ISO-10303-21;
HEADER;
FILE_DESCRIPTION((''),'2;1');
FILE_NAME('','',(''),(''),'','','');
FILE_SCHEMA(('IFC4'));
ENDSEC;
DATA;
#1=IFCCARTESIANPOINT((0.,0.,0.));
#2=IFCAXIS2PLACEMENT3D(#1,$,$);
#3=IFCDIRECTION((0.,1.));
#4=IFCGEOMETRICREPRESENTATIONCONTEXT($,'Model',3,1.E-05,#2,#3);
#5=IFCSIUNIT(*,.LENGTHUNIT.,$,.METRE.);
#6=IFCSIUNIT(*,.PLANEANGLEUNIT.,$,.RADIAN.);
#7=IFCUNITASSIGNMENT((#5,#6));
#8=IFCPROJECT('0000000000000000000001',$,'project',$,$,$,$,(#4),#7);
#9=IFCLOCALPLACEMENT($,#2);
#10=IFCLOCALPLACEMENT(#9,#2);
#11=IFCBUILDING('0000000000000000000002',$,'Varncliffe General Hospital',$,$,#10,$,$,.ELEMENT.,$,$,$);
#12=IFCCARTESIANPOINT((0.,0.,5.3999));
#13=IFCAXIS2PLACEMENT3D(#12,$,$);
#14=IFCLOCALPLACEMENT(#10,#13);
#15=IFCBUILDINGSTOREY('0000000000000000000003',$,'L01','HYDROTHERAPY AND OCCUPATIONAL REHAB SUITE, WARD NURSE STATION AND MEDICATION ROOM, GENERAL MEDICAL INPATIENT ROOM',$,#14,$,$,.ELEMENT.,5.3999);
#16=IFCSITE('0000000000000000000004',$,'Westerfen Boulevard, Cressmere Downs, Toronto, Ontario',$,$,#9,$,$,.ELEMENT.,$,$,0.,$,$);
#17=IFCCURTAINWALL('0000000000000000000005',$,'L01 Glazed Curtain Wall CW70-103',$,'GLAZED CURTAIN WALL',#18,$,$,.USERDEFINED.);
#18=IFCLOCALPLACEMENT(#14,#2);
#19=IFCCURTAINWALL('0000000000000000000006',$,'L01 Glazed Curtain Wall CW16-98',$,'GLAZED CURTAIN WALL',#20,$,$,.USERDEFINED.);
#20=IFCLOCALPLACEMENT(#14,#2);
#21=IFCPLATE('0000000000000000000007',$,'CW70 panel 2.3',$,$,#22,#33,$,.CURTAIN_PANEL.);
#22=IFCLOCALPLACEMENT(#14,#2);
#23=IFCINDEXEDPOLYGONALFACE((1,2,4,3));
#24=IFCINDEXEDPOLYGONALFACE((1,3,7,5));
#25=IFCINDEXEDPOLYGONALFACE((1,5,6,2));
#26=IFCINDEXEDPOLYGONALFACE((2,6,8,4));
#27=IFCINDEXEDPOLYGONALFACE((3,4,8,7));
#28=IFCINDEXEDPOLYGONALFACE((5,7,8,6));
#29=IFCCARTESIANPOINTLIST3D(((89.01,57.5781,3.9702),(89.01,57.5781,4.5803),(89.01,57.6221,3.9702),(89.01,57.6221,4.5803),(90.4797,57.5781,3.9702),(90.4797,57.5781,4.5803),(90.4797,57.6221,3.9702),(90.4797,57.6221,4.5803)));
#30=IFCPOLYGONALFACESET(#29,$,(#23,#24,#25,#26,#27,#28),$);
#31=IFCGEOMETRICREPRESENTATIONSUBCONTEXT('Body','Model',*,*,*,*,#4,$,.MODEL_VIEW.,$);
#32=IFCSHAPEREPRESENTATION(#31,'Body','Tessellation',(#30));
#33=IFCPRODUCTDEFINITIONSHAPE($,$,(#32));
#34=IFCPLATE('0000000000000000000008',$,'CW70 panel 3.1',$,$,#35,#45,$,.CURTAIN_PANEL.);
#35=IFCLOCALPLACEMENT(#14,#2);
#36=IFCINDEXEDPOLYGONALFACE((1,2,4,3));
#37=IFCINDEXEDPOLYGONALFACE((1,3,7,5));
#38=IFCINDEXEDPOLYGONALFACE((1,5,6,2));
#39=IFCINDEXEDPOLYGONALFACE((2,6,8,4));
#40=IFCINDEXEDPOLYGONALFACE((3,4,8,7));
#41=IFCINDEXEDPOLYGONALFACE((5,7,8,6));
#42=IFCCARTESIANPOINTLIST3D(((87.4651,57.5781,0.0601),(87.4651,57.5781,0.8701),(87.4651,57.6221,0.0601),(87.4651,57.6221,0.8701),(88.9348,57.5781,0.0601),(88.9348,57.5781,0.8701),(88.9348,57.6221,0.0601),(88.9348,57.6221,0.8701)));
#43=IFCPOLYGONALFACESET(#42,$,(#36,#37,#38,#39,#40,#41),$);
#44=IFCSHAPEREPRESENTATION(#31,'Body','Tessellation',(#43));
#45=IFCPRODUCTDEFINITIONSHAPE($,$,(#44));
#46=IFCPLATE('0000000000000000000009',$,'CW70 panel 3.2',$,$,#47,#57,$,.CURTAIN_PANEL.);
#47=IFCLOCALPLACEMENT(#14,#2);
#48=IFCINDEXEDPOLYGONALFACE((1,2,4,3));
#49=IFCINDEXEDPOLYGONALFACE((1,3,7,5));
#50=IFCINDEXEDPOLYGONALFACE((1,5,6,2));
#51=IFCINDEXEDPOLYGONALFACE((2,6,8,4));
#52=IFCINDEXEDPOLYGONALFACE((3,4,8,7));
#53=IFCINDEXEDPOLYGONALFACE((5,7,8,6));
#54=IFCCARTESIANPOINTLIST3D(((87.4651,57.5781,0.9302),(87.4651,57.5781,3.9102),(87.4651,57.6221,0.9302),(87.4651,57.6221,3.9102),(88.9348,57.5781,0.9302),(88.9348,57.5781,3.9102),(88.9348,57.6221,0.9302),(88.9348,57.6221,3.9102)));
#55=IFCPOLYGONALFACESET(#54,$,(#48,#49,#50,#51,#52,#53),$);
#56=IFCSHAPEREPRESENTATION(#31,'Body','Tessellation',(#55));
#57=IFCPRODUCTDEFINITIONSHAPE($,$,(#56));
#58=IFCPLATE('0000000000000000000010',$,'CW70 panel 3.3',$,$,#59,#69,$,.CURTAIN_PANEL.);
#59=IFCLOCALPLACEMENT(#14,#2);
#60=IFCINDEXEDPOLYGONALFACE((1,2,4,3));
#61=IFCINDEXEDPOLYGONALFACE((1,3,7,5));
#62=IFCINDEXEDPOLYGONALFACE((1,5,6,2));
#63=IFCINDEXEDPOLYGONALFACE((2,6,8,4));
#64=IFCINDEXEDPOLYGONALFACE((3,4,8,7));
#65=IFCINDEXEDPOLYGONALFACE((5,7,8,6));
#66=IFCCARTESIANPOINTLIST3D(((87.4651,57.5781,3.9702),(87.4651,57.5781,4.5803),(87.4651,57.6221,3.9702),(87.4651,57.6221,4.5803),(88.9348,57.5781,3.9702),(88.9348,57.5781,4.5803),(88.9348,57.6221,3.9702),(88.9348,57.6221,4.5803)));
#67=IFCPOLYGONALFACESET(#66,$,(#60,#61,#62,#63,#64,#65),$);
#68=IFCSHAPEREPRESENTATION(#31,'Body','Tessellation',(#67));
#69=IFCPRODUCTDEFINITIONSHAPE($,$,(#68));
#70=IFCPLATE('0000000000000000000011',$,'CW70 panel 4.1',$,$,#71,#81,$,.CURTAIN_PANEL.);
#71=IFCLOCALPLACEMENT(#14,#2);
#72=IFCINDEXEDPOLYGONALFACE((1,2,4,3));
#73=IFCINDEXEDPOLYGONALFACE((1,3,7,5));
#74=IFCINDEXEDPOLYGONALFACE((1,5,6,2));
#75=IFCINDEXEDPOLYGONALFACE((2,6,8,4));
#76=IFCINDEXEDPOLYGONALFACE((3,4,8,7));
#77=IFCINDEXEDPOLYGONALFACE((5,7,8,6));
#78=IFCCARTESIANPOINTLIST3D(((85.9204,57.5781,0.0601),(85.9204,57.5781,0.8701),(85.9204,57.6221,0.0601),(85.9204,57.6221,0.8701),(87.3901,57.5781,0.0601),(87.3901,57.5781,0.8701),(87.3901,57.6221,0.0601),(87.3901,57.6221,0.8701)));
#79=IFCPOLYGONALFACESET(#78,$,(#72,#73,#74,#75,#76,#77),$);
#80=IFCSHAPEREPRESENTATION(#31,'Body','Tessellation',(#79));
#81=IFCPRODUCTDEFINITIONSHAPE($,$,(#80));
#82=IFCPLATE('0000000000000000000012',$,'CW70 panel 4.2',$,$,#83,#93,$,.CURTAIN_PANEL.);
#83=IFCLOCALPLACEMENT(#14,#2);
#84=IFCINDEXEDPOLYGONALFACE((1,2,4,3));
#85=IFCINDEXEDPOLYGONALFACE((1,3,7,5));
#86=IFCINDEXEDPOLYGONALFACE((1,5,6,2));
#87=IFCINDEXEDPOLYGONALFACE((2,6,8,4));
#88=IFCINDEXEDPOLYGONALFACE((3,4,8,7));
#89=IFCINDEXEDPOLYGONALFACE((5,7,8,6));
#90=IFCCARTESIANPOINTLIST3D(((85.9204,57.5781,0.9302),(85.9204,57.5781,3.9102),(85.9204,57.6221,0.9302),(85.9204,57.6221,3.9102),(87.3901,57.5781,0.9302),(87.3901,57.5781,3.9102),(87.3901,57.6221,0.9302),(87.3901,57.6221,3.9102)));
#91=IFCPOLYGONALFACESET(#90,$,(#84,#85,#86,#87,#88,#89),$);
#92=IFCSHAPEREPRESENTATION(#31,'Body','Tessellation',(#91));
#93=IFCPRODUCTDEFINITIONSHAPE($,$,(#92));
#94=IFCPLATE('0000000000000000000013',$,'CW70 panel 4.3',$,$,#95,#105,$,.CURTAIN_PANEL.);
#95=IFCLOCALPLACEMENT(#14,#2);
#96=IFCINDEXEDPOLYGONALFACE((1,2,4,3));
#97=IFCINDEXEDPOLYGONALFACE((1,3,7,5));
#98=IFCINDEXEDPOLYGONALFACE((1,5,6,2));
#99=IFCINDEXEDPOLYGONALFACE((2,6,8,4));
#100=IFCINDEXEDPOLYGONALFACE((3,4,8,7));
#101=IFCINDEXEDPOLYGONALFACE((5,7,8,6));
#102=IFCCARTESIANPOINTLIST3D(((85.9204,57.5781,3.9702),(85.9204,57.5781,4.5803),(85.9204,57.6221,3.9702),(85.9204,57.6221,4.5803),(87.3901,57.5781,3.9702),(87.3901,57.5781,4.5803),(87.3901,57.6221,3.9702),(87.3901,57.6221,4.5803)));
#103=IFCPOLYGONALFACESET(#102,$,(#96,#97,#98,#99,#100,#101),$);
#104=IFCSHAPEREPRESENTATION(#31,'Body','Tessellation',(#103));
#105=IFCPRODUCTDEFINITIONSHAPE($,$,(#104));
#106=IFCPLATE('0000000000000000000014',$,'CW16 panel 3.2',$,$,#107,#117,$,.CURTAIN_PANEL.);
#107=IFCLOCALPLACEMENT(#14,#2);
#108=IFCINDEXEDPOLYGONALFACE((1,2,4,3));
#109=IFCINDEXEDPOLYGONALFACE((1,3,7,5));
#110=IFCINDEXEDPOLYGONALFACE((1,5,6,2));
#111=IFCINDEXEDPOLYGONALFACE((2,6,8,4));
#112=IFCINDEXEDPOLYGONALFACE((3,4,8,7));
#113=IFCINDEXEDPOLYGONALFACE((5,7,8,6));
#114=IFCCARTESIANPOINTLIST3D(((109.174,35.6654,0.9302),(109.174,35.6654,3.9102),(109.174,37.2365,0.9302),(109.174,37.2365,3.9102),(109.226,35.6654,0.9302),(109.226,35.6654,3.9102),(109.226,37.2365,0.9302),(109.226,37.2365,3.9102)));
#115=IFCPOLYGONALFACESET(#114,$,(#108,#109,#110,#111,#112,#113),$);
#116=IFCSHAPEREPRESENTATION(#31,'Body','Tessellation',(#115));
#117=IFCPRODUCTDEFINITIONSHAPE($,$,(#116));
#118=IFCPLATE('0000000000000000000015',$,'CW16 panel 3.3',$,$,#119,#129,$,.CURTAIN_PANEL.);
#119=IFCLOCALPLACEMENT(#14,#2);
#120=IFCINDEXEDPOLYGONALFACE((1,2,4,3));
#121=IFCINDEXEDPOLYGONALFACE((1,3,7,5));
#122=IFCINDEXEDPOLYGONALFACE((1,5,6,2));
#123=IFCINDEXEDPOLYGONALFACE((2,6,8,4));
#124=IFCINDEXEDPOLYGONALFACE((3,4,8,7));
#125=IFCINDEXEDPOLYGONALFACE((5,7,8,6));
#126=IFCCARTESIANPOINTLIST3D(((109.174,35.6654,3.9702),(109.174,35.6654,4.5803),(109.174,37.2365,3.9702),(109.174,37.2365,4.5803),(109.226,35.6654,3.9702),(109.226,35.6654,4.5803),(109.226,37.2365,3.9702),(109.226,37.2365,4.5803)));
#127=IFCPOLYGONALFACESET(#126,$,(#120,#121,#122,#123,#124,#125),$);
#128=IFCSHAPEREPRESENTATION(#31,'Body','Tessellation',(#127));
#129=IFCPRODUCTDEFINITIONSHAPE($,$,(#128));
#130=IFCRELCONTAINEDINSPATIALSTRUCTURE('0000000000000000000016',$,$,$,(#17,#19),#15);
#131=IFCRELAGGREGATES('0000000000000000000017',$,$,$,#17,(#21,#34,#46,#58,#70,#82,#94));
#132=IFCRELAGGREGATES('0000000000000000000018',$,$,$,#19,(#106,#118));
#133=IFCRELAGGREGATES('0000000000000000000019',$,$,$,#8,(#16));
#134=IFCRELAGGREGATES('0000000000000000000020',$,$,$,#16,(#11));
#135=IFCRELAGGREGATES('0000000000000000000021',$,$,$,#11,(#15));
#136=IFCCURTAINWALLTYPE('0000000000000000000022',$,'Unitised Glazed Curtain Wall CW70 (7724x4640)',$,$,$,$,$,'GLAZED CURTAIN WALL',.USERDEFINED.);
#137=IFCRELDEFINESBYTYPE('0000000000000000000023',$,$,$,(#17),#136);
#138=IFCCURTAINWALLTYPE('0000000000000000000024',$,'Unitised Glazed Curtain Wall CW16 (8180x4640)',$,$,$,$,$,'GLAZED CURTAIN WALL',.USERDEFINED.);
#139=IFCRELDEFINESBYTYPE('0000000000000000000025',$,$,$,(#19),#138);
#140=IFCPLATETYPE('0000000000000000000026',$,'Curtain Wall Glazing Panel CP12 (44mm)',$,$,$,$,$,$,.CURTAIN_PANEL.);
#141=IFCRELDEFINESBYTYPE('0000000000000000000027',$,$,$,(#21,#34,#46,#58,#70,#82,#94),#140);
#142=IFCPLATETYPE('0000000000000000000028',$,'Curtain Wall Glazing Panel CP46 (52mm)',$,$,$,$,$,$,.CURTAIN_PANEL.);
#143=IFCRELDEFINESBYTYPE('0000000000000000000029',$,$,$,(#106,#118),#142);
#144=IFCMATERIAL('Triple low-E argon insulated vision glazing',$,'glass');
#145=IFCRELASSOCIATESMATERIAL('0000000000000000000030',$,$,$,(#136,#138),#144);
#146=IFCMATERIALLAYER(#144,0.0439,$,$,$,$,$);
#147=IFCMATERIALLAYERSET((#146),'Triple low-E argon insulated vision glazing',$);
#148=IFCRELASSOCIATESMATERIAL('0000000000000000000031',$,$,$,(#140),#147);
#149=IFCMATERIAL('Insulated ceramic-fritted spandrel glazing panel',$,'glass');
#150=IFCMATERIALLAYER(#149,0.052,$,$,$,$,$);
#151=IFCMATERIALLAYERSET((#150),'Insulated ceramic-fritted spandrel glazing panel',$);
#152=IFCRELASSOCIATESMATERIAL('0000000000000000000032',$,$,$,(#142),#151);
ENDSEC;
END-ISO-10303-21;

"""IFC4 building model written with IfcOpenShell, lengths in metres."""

from ifc_helpers import new_model, si_unit, direction, frame, origin, origin_2d, place, context, subcontext, project, spatial, rectangle, extrude, material, layer, layer_set, type_object, element, aggregate, save


model = new_model("IFC4")

# Units and contexts
model_context = context("Model", 3, precision=1e-05, world=origin(), true_north=direction((0.0, 1.0)))
body_context = subcontext(model_context, "Body", "Model", "MODEL_VIEW")
ifc_project = project(units=[si_unit("LENGTHUNIT", "METRE"), si_unit("PLANEANGLEUNIT", "RADIAN")], contexts=[model_context])

# Site, building, storey
site_placement = place(None, origin())
site = spatial("IfcSite", under=ifc_project, at=site_placement, Name="Westerfen Boulevard, Cressmere Downs, Toronto, Ontario", CompositionType="ELEMENT", RefElevation=0.0)
building_placement = place(site_placement, origin())
building = spatial("IfcBuilding", under=site, at=building_placement, Name="Varncliffe General Hospital", CompositionType="ELEMENT")
storey_placement = place(building_placement, frame((0.0, 0.0, 5.3999)))
storey = spatial("IfcBuildingStorey", under=building, at=storey_placement, Name="L01", Description="HYDROTHERAPY AND OCCUPATIONAL REHAB SUITE, WARD NURSE STATION AND MEDICATION ROOM, GENERAL MEDICAL INPATIENT ROOM", CompositionType="ELEMENT", Elevation=5.3999)

# Curtain wall
ifc_material_1 = material(Name="Triple low-E argon insulated vision glazing", Category="glass")
curtain_wall_type_1 = type_object("IfcCurtainWallType", Name="Unitised Glazed Curtain Wall CW70 (7724x4640)", ElementType="GLAZED CURTAIN WALL", PredefinedType="USERDEFINED", material=ifc_material_1)
curtain_wall_1_placement = place(storey_placement, origin())
curtain_wall_1 = element("IfcCurtainWall", 1, at=curtain_wall_1_placement, inside=storey, type_object=curtain_wall_type_1, Name="L01 Glazed Curtain Wall CW70-103", ObjectType="GLAZED CURTAIN WALL", PredefinedType="USERDEFINED")

# Curtain wall
curtain_wall_type_2 = type_object("IfcCurtainWallType", Name="Unitised Glazed Curtain Wall CW16 (8180x4640)", ElementType="GLAZED CURTAIN WALL", PredefinedType="USERDEFINED", material=ifc_material_1)
curtain_wall_2_placement = place(storey_placement, origin())
curtain_wall_2 = element("IfcCurtainWall", 2, at=curtain_wall_2_placement, inside=storey, type_object=curtain_wall_type_2, Name="L01 Glazed Curtain Wall CW16-98", ObjectType="GLAZED CURTAIN WALL", PredefinedType="USERDEFINED")

# Plates
ifc_layer_1 = layer(ifc_material_1, 0.0439)
ifc_layer_set_1 = layer_set([ifc_layer_1], Name="Triple low-E argon insulated vision glazing")
plate_type_1 = type_object("IfcPlateType", Name="Curtain Wall Glazing Panel CP12 (44mm)", PredefinedType="CURTAIN_PANEL", material=ifc_layer_set_1)
plate_1_placement = place(storey_placement, frame((89.7449, 57.6001, 3.9702), z_axis=(0.0, 0.0, 1.0), x_axis=(-1.0, 0.0, 0.0)))
plate_1 = element("IfcPlate", 3, at=plate_1_placement, type_object=plate_type_1, Name="CW70 panel 2.3", PredefinedType="CURTAIN_PANEL", context=body_context, shape_type="SweptSolid", body=[
    extrude(rectangle(XDim=1.4697, YDim=0.0439, at=origin_2d()), origin(), (0.0, 0.0, 1.0), 0.6101),
])
plate_2_placement = place(storey_placement, frame((88.2, 57.6001, 0.0601), z_axis=(0.0, 0.0, 1.0), x_axis=(-1.0, 0.0, 0.0)))
plate_2 = element("IfcPlate", 4, at=plate_2_placement, type_object=plate_type_1, Name="CW70 panel 3.1", PredefinedType="CURTAIN_PANEL", context=body_context, shape_type="SweptSolid", body=[
    extrude(rectangle(XDim=1.4697, YDim=0.0439, at=origin_2d()), origin(), (0.0, 0.0, 1.0), 0.8101),
])
plate_3_placement = place(storey_placement, frame((88.2, 57.6001, 0.9302), z_axis=(0.0, 0.0, 1.0), x_axis=(-1.0, 0.0, 0.0)))
plate_3 = element("IfcPlate", 5, at=plate_3_placement, type_object=plate_type_1, Name="CW70 panel 3.2", PredefinedType="CURTAIN_PANEL", context=body_context, shape_type="SweptSolid", body=[
    extrude(rectangle(XDim=1.4697, YDim=0.0439, at=origin_2d()), origin(), (0.0, 0.0, 1.0), 2.98),
])
plate_4_placement = place(storey_placement, frame((88.2, 57.6001, 3.9702), z_axis=(0.0, 0.0, 1.0), x_axis=(-1.0, 0.0, 0.0)))
plate_4 = element("IfcPlate", 6, at=plate_4_placement, type_object=plate_type_1, Name="CW70 panel 3.3", PredefinedType="CURTAIN_PANEL", context=body_context, shape_type="SweptSolid", body=[
    extrude(rectangle(XDim=1.4697, YDim=0.0439, at=origin_2d()), origin(), (0.0, 0.0, 1.0), 0.6101),
])
plate_5_placement = place(storey_placement, frame((86.6553, 57.6001, 0.0601), z_axis=(0.0, 0.0, 1.0), x_axis=(-1.0, 0.0, 0.0)))
plate_5 = element("IfcPlate", 7, at=plate_5_placement, type_object=plate_type_1, Name="CW70 panel 4.1", PredefinedType="CURTAIN_PANEL", context=body_context, shape_type="SweptSolid", body=[
    extrude(rectangle(XDim=1.4697, YDim=0.0439, at=origin_2d()), origin(), (0.0, 0.0, 1.0), 0.8101),
])
plate_6_placement = place(storey_placement, frame((86.6553, 57.6001, 0.9302), z_axis=(0.0, 0.0, 1.0), x_axis=(-1.0, 0.0, 0.0)))
plate_6 = element("IfcPlate", 8, at=plate_6_placement, type_object=plate_type_1, Name="CW70 panel 4.2", PredefinedType="CURTAIN_PANEL", context=body_context, shape_type="SweptSolid", body=[
    extrude(rectangle(XDim=1.4697, YDim=0.0439, at=origin_2d()), origin(), (0.0, 0.0, 1.0), 2.98),
])
plate_7_placement = place(storey_placement, frame((86.6553, 57.6001, 3.9702), z_axis=(0.0, 0.0, 1.0), x_axis=(-1.0, 0.0, 0.0)))
plate_7 = element("IfcPlate", 9, at=plate_7_placement, type_object=plate_type_1, Name="CW70 panel 4.3", PredefinedType="CURTAIN_PANEL", context=body_context, shape_type="SweptSolid", body=[
    extrude(rectangle(XDim=1.4697, YDim=0.0439, at=origin_2d()), origin(), (0.0, 0.0, 1.0), 0.6101),
])
aggregate(curtain_wall_1, [plate_1, plate_2, plate_3, plate_4, plate_5, plate_6, plate_7])
ifc_material_2 = material(Name="Insulated ceramic-fritted spandrel glazing panel", Category="glass")
ifc_layer_2 = layer(ifc_material_2, 0.052)
ifc_layer_set_2 = layer_set([ifc_layer_2], Name="Insulated ceramic-fritted spandrel glazing panel")
plate_type_2 = type_object("IfcPlateType", Name="Curtain Wall Glazing Panel CP46 (52mm)", PredefinedType="CURTAIN_PANEL", material=ifc_layer_set_2)
plate_8_placement = place(storey_placement, frame((109.2, 36.4509, 0.9302), z_axis=(0.0, 0.0, 1.0), x_axis=(0.0, 1.0, 0.0)))
plate_8 = element("IfcPlate", 10, at=plate_8_placement, type_object=plate_type_2, Name="CW16 panel 3.2", PredefinedType="CURTAIN_PANEL", context=body_context, shape_type="SweptSolid", body=[
    extrude(rectangle(XDim=1.571, YDim=0.052, at=origin_2d()), origin(), (0.0, 0.0, 1.0), 2.98),
])
plate_9_placement = place(storey_placement, frame((109.2, 36.4509, 3.9702), z_axis=(0.0, 0.0, 1.0), x_axis=(0.0, 1.0, 0.0)))
plate_9 = element("IfcPlate", 11, at=plate_9_placement, type_object=plate_type_2, Name="CW16 panel 3.3", PredefinedType="CURTAIN_PANEL", context=body_context, shape_type="SweptSolid", body=[
    extrude(rectangle(XDim=1.571, YDim=0.052, at=origin_2d()), origin(), (0.0, 0.0, 1.0), 0.6101),
])
aggregate(curtain_wall_2, [plate_8, plate_9])

save(model, "model.ifc")
